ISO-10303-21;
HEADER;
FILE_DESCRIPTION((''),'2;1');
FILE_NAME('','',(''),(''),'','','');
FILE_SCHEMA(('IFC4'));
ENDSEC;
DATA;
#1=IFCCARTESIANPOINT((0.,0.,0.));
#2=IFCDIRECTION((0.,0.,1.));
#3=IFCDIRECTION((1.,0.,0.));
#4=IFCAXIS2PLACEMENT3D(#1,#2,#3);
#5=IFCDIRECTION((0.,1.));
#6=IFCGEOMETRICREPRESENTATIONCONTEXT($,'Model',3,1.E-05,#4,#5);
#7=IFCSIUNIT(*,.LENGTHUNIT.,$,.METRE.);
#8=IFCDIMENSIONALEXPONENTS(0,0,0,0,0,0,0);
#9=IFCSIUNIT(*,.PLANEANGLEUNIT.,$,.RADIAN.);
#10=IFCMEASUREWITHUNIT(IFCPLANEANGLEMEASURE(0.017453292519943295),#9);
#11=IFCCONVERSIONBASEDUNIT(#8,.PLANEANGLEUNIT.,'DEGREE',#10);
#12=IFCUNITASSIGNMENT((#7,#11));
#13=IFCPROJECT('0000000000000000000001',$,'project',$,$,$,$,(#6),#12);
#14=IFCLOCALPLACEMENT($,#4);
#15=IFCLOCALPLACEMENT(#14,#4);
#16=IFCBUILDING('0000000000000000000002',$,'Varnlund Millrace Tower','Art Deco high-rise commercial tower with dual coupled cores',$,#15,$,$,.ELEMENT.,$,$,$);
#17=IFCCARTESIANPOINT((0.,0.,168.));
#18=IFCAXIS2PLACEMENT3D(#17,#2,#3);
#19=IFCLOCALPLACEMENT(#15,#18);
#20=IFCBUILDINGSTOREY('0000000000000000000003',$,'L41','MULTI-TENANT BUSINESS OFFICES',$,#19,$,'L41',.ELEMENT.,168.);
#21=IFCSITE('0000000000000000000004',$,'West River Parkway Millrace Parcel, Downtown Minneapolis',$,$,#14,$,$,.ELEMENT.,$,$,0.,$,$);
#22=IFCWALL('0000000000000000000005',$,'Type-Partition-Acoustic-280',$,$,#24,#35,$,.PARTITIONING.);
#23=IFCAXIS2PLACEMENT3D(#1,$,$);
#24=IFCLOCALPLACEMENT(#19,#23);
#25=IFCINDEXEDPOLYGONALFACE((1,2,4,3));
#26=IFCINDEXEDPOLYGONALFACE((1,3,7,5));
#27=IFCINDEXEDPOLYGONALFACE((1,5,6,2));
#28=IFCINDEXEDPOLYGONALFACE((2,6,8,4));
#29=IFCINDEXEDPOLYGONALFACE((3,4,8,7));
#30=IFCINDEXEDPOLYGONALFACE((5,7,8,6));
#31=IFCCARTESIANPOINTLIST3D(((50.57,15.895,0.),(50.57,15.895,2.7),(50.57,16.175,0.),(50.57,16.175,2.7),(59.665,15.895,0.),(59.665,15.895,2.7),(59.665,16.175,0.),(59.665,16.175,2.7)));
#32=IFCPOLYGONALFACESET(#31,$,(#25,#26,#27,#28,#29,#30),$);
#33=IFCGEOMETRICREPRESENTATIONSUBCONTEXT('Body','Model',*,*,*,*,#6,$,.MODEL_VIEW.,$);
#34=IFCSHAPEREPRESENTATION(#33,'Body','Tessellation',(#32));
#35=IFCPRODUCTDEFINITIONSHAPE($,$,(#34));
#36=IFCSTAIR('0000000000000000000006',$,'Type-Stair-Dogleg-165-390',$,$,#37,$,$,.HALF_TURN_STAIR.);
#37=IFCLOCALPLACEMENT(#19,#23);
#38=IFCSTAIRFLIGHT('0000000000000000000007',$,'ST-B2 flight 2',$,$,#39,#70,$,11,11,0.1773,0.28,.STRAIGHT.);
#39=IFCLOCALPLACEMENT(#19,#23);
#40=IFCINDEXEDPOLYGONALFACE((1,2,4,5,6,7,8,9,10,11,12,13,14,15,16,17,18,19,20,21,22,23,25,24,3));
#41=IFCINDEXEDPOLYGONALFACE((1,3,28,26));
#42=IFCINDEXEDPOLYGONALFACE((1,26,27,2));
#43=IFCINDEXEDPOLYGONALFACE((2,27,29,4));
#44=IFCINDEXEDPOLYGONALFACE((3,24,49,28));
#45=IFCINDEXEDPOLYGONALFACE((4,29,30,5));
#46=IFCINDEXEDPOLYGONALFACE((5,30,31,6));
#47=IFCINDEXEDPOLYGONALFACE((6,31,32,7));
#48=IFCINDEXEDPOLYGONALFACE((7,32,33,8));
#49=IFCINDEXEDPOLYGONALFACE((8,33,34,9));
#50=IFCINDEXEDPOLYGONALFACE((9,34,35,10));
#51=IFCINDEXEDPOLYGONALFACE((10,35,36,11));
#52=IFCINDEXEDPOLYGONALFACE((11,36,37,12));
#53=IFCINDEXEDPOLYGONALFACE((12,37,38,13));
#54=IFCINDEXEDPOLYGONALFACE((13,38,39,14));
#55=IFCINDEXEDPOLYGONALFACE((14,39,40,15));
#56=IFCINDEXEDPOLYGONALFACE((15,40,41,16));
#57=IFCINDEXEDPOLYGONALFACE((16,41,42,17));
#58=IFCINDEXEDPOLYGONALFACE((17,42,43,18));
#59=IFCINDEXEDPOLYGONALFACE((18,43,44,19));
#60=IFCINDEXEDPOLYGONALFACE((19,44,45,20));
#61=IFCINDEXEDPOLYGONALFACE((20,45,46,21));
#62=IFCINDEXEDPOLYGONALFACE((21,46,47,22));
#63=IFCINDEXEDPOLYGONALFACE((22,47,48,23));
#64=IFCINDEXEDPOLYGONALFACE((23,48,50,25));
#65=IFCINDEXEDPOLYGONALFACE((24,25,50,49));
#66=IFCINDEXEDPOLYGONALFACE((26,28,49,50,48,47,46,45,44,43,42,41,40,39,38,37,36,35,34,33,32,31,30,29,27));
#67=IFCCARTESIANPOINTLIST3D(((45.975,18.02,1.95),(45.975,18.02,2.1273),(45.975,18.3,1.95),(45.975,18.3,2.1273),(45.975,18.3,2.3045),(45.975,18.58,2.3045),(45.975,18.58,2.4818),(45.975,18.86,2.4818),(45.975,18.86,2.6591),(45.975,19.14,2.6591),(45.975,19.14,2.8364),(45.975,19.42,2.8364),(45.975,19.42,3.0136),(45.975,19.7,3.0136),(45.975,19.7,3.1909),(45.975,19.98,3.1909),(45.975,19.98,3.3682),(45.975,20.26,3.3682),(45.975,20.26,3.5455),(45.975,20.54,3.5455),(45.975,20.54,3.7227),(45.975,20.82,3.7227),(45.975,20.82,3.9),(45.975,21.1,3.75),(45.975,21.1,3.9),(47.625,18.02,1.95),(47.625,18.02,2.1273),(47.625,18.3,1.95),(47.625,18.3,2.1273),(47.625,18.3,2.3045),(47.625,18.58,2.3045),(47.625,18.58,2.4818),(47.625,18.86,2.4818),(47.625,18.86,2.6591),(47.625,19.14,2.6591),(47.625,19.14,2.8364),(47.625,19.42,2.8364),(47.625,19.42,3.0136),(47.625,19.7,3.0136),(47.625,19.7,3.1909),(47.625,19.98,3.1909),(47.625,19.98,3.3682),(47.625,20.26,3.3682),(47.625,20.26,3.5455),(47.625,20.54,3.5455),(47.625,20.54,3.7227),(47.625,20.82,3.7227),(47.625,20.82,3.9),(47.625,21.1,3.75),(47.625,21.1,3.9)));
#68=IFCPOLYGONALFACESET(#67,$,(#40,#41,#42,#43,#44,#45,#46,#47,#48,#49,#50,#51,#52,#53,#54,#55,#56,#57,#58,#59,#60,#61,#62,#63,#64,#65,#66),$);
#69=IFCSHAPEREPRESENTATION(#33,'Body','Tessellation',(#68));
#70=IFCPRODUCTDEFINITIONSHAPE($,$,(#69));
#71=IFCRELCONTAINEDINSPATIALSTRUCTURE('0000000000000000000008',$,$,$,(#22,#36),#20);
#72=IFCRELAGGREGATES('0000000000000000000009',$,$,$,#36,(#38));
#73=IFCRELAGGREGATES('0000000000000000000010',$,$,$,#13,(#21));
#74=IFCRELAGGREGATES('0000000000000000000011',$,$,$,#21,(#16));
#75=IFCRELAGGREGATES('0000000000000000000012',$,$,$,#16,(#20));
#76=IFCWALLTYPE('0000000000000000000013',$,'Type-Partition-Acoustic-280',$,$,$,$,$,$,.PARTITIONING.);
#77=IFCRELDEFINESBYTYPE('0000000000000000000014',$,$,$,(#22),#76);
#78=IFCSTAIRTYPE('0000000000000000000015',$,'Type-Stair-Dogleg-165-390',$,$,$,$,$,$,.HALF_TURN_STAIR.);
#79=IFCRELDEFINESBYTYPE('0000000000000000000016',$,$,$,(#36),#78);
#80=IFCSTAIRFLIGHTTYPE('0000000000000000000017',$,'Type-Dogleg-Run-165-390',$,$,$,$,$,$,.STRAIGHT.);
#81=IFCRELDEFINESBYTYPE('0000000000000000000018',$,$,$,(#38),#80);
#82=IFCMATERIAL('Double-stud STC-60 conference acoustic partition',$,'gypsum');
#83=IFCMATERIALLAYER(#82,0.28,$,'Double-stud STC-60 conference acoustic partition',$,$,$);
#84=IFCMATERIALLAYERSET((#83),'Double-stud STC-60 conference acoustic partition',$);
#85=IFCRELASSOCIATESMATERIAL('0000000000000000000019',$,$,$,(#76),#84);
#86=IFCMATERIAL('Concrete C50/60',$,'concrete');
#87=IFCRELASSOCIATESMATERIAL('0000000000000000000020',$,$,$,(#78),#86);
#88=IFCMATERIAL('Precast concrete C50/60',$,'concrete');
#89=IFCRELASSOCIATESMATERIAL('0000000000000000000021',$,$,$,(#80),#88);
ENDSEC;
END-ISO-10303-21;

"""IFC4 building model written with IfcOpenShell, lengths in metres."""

from ifc_helpers import new_model, entity, si_unit, converted_unit, direction, frame, origin_with_axes, place, context, subcontext, project, spatial, polyline, outline, extrude, material, layer, layer_set, type_object, element, aggregate, save


model = new_model("IFC4")

# Units and contexts
model_context = context("Model", 3, precision=1e-05, world=origin_with_axes(), true_north=direction((0.0, 1.0)))
body_context = subcontext(model_context, "Body", "Model", "MODEL_VIEW")
ifc_project = project(units=[si_unit("LENGTHUNIT", "METRE"), converted_unit("PLANEANGLEUNIT", "DEGREE", entity("IfcPlaneAngleMeasure", 0.017453292519943295), si_unit("PLANEANGLEUNIT", "RADIAN"), dimensions=[0, 0, 0, 0, 0, 0, 0])], contexts=[model_context])

# Site, building, storey
site_placement = place(None, origin_with_axes())
site = spatial("IfcSite", under=ifc_project, at=site_placement, Name="West River Parkway Millrace Parcel, Downtown Minneapolis", CompositionType="ELEMENT", RefElevation=0.0)
building_placement = place(site_placement, origin_with_axes())
building = spatial("IfcBuilding", under=site, at=building_placement, Name="Varnlund Millrace Tower", Description="Art Deco high-rise commercial tower with dual coupled cores", CompositionType="ELEMENT")
storey_placement = place(building_placement, frame((0.0, 0.0, 168.0), z_axis=(0.0, 0.0, 1.0), x_axis=(1.0, 0.0, 0.0)))
storey = spatial("IfcBuildingStorey", under=building, at=storey_placement, Name="L41", Description="MULTI-TENANT BUSINESS OFFICES", LongName="L41", CompositionType="ELEMENT", Elevation=168.0)

# Shared definitions
ifc_material_1 = material(Name="Precast concrete C50/60", Category="concrete")

# Wall
ifc_material_2 = material(Name="Double-stud STC-60 conference acoustic partition", Category="gypsum")
ifc_layer_1 = layer(ifc_material_2, 0.28, Name="Double-stud STC-60 conference acoustic partition")
ifc_layer_set_1 = layer_set([ifc_layer_1], Name="Double-stud STC-60 conference acoustic partition")
wall_type_1 = type_object("IfcWallType", Name="Type-Partition-Acoustic-280", PredefinedType="PARTITIONING", material=ifc_layer_set_1)
wall_1_placement = place(storey_placement, frame((50.57, 16.035, 0.0), z_axis=(0.0, 0.0, 1.0), x_axis=(1.0, 0.0, 0.0)))
element("IfcWall", 1, at=wall_1_placement, inside=storey, type_object=wall_type_1, Name="Type-Partition-Acoustic-280", PredefinedType="PARTITIONING", context=body_context, shape_type="SweptSolid", body=[
    extrude(outline(polyline([(0.0, -0.14), (9.095, -0.14), (9.095, 0.14), (0.0, 0.14), (0.0, -0.14)])), origin_with_axes(), (0.0, 0.0, 1.0), 2.7),
])

# Stair, stair flight
ifc_material_3 = material(Name="Concrete C50/60", Category="concrete")
stair_type = type_object("IfcStairType", Name="Type-Stair-Dogleg-165-390", PredefinedType="HALF_TURN_STAIR", material=ifc_material_3)
stair_placement = place(storey_placement, origin_with_axes())
stair = element("IfcStair", 2, at=stair_placement, inside=storey, type_object=stair_type, Name="Type-Stair-Dogleg-165-390", PredefinedType="HALF_TURN_STAIR")
stair_flight_type = type_object("IfcStairFlightType", Name="Type-Dogleg-Run-165-390", PredefinedType="STRAIGHT", material=ifc_material_1)
stair_flight_placement = place(storey_placement, frame((45.975, 18.02, 1.95), z_axis=(1.0, 0.0, 0.0), x_axis=(0.0, 1.0, 0.0)))
stair_flight = element("IfcStairFlight", 3, at=stair_flight_placement, type_object=stair_flight_type, Name="ST-B2 flight 2", NumberOfRisers=11, NumberOfTreads=11, PredefinedType="STRAIGHT", RiserHeight=0.1773, TreadLength=0.28, context=body_context, shape_type="SweptSolid", body=[
    extrude(outline(polyline([(0.0, 0.0), (0.0, 0.1773), (0.28, 0.1773), (0.28, 0.3545), (0.56, 0.3545), (0.56, 0.5318), (0.84, 0.5318), (0.84, 0.7091), (1.12, 0.7091), (1.12, 0.8864), (1.4, 0.8864), (1.4, 1.0636), (1.68, 1.0636), (1.68, 1.2409), (1.96, 1.2409), (1.96, 1.4182), (2.24, 1.4182), (2.24, 1.5955), (2.52, 1.5955), (2.52, 1.7727), (2.8, 1.7727), (2.8, 1.95), (3.08, 1.95), (3.08, 1.8), (0.28, 0.0), (0.0, 0.0)])), origin_with_axes(), (0.0, 0.0, 1.0), 1.65),
])
aggregate(stair, [stair_flight])

save(model, "model.ifc")
